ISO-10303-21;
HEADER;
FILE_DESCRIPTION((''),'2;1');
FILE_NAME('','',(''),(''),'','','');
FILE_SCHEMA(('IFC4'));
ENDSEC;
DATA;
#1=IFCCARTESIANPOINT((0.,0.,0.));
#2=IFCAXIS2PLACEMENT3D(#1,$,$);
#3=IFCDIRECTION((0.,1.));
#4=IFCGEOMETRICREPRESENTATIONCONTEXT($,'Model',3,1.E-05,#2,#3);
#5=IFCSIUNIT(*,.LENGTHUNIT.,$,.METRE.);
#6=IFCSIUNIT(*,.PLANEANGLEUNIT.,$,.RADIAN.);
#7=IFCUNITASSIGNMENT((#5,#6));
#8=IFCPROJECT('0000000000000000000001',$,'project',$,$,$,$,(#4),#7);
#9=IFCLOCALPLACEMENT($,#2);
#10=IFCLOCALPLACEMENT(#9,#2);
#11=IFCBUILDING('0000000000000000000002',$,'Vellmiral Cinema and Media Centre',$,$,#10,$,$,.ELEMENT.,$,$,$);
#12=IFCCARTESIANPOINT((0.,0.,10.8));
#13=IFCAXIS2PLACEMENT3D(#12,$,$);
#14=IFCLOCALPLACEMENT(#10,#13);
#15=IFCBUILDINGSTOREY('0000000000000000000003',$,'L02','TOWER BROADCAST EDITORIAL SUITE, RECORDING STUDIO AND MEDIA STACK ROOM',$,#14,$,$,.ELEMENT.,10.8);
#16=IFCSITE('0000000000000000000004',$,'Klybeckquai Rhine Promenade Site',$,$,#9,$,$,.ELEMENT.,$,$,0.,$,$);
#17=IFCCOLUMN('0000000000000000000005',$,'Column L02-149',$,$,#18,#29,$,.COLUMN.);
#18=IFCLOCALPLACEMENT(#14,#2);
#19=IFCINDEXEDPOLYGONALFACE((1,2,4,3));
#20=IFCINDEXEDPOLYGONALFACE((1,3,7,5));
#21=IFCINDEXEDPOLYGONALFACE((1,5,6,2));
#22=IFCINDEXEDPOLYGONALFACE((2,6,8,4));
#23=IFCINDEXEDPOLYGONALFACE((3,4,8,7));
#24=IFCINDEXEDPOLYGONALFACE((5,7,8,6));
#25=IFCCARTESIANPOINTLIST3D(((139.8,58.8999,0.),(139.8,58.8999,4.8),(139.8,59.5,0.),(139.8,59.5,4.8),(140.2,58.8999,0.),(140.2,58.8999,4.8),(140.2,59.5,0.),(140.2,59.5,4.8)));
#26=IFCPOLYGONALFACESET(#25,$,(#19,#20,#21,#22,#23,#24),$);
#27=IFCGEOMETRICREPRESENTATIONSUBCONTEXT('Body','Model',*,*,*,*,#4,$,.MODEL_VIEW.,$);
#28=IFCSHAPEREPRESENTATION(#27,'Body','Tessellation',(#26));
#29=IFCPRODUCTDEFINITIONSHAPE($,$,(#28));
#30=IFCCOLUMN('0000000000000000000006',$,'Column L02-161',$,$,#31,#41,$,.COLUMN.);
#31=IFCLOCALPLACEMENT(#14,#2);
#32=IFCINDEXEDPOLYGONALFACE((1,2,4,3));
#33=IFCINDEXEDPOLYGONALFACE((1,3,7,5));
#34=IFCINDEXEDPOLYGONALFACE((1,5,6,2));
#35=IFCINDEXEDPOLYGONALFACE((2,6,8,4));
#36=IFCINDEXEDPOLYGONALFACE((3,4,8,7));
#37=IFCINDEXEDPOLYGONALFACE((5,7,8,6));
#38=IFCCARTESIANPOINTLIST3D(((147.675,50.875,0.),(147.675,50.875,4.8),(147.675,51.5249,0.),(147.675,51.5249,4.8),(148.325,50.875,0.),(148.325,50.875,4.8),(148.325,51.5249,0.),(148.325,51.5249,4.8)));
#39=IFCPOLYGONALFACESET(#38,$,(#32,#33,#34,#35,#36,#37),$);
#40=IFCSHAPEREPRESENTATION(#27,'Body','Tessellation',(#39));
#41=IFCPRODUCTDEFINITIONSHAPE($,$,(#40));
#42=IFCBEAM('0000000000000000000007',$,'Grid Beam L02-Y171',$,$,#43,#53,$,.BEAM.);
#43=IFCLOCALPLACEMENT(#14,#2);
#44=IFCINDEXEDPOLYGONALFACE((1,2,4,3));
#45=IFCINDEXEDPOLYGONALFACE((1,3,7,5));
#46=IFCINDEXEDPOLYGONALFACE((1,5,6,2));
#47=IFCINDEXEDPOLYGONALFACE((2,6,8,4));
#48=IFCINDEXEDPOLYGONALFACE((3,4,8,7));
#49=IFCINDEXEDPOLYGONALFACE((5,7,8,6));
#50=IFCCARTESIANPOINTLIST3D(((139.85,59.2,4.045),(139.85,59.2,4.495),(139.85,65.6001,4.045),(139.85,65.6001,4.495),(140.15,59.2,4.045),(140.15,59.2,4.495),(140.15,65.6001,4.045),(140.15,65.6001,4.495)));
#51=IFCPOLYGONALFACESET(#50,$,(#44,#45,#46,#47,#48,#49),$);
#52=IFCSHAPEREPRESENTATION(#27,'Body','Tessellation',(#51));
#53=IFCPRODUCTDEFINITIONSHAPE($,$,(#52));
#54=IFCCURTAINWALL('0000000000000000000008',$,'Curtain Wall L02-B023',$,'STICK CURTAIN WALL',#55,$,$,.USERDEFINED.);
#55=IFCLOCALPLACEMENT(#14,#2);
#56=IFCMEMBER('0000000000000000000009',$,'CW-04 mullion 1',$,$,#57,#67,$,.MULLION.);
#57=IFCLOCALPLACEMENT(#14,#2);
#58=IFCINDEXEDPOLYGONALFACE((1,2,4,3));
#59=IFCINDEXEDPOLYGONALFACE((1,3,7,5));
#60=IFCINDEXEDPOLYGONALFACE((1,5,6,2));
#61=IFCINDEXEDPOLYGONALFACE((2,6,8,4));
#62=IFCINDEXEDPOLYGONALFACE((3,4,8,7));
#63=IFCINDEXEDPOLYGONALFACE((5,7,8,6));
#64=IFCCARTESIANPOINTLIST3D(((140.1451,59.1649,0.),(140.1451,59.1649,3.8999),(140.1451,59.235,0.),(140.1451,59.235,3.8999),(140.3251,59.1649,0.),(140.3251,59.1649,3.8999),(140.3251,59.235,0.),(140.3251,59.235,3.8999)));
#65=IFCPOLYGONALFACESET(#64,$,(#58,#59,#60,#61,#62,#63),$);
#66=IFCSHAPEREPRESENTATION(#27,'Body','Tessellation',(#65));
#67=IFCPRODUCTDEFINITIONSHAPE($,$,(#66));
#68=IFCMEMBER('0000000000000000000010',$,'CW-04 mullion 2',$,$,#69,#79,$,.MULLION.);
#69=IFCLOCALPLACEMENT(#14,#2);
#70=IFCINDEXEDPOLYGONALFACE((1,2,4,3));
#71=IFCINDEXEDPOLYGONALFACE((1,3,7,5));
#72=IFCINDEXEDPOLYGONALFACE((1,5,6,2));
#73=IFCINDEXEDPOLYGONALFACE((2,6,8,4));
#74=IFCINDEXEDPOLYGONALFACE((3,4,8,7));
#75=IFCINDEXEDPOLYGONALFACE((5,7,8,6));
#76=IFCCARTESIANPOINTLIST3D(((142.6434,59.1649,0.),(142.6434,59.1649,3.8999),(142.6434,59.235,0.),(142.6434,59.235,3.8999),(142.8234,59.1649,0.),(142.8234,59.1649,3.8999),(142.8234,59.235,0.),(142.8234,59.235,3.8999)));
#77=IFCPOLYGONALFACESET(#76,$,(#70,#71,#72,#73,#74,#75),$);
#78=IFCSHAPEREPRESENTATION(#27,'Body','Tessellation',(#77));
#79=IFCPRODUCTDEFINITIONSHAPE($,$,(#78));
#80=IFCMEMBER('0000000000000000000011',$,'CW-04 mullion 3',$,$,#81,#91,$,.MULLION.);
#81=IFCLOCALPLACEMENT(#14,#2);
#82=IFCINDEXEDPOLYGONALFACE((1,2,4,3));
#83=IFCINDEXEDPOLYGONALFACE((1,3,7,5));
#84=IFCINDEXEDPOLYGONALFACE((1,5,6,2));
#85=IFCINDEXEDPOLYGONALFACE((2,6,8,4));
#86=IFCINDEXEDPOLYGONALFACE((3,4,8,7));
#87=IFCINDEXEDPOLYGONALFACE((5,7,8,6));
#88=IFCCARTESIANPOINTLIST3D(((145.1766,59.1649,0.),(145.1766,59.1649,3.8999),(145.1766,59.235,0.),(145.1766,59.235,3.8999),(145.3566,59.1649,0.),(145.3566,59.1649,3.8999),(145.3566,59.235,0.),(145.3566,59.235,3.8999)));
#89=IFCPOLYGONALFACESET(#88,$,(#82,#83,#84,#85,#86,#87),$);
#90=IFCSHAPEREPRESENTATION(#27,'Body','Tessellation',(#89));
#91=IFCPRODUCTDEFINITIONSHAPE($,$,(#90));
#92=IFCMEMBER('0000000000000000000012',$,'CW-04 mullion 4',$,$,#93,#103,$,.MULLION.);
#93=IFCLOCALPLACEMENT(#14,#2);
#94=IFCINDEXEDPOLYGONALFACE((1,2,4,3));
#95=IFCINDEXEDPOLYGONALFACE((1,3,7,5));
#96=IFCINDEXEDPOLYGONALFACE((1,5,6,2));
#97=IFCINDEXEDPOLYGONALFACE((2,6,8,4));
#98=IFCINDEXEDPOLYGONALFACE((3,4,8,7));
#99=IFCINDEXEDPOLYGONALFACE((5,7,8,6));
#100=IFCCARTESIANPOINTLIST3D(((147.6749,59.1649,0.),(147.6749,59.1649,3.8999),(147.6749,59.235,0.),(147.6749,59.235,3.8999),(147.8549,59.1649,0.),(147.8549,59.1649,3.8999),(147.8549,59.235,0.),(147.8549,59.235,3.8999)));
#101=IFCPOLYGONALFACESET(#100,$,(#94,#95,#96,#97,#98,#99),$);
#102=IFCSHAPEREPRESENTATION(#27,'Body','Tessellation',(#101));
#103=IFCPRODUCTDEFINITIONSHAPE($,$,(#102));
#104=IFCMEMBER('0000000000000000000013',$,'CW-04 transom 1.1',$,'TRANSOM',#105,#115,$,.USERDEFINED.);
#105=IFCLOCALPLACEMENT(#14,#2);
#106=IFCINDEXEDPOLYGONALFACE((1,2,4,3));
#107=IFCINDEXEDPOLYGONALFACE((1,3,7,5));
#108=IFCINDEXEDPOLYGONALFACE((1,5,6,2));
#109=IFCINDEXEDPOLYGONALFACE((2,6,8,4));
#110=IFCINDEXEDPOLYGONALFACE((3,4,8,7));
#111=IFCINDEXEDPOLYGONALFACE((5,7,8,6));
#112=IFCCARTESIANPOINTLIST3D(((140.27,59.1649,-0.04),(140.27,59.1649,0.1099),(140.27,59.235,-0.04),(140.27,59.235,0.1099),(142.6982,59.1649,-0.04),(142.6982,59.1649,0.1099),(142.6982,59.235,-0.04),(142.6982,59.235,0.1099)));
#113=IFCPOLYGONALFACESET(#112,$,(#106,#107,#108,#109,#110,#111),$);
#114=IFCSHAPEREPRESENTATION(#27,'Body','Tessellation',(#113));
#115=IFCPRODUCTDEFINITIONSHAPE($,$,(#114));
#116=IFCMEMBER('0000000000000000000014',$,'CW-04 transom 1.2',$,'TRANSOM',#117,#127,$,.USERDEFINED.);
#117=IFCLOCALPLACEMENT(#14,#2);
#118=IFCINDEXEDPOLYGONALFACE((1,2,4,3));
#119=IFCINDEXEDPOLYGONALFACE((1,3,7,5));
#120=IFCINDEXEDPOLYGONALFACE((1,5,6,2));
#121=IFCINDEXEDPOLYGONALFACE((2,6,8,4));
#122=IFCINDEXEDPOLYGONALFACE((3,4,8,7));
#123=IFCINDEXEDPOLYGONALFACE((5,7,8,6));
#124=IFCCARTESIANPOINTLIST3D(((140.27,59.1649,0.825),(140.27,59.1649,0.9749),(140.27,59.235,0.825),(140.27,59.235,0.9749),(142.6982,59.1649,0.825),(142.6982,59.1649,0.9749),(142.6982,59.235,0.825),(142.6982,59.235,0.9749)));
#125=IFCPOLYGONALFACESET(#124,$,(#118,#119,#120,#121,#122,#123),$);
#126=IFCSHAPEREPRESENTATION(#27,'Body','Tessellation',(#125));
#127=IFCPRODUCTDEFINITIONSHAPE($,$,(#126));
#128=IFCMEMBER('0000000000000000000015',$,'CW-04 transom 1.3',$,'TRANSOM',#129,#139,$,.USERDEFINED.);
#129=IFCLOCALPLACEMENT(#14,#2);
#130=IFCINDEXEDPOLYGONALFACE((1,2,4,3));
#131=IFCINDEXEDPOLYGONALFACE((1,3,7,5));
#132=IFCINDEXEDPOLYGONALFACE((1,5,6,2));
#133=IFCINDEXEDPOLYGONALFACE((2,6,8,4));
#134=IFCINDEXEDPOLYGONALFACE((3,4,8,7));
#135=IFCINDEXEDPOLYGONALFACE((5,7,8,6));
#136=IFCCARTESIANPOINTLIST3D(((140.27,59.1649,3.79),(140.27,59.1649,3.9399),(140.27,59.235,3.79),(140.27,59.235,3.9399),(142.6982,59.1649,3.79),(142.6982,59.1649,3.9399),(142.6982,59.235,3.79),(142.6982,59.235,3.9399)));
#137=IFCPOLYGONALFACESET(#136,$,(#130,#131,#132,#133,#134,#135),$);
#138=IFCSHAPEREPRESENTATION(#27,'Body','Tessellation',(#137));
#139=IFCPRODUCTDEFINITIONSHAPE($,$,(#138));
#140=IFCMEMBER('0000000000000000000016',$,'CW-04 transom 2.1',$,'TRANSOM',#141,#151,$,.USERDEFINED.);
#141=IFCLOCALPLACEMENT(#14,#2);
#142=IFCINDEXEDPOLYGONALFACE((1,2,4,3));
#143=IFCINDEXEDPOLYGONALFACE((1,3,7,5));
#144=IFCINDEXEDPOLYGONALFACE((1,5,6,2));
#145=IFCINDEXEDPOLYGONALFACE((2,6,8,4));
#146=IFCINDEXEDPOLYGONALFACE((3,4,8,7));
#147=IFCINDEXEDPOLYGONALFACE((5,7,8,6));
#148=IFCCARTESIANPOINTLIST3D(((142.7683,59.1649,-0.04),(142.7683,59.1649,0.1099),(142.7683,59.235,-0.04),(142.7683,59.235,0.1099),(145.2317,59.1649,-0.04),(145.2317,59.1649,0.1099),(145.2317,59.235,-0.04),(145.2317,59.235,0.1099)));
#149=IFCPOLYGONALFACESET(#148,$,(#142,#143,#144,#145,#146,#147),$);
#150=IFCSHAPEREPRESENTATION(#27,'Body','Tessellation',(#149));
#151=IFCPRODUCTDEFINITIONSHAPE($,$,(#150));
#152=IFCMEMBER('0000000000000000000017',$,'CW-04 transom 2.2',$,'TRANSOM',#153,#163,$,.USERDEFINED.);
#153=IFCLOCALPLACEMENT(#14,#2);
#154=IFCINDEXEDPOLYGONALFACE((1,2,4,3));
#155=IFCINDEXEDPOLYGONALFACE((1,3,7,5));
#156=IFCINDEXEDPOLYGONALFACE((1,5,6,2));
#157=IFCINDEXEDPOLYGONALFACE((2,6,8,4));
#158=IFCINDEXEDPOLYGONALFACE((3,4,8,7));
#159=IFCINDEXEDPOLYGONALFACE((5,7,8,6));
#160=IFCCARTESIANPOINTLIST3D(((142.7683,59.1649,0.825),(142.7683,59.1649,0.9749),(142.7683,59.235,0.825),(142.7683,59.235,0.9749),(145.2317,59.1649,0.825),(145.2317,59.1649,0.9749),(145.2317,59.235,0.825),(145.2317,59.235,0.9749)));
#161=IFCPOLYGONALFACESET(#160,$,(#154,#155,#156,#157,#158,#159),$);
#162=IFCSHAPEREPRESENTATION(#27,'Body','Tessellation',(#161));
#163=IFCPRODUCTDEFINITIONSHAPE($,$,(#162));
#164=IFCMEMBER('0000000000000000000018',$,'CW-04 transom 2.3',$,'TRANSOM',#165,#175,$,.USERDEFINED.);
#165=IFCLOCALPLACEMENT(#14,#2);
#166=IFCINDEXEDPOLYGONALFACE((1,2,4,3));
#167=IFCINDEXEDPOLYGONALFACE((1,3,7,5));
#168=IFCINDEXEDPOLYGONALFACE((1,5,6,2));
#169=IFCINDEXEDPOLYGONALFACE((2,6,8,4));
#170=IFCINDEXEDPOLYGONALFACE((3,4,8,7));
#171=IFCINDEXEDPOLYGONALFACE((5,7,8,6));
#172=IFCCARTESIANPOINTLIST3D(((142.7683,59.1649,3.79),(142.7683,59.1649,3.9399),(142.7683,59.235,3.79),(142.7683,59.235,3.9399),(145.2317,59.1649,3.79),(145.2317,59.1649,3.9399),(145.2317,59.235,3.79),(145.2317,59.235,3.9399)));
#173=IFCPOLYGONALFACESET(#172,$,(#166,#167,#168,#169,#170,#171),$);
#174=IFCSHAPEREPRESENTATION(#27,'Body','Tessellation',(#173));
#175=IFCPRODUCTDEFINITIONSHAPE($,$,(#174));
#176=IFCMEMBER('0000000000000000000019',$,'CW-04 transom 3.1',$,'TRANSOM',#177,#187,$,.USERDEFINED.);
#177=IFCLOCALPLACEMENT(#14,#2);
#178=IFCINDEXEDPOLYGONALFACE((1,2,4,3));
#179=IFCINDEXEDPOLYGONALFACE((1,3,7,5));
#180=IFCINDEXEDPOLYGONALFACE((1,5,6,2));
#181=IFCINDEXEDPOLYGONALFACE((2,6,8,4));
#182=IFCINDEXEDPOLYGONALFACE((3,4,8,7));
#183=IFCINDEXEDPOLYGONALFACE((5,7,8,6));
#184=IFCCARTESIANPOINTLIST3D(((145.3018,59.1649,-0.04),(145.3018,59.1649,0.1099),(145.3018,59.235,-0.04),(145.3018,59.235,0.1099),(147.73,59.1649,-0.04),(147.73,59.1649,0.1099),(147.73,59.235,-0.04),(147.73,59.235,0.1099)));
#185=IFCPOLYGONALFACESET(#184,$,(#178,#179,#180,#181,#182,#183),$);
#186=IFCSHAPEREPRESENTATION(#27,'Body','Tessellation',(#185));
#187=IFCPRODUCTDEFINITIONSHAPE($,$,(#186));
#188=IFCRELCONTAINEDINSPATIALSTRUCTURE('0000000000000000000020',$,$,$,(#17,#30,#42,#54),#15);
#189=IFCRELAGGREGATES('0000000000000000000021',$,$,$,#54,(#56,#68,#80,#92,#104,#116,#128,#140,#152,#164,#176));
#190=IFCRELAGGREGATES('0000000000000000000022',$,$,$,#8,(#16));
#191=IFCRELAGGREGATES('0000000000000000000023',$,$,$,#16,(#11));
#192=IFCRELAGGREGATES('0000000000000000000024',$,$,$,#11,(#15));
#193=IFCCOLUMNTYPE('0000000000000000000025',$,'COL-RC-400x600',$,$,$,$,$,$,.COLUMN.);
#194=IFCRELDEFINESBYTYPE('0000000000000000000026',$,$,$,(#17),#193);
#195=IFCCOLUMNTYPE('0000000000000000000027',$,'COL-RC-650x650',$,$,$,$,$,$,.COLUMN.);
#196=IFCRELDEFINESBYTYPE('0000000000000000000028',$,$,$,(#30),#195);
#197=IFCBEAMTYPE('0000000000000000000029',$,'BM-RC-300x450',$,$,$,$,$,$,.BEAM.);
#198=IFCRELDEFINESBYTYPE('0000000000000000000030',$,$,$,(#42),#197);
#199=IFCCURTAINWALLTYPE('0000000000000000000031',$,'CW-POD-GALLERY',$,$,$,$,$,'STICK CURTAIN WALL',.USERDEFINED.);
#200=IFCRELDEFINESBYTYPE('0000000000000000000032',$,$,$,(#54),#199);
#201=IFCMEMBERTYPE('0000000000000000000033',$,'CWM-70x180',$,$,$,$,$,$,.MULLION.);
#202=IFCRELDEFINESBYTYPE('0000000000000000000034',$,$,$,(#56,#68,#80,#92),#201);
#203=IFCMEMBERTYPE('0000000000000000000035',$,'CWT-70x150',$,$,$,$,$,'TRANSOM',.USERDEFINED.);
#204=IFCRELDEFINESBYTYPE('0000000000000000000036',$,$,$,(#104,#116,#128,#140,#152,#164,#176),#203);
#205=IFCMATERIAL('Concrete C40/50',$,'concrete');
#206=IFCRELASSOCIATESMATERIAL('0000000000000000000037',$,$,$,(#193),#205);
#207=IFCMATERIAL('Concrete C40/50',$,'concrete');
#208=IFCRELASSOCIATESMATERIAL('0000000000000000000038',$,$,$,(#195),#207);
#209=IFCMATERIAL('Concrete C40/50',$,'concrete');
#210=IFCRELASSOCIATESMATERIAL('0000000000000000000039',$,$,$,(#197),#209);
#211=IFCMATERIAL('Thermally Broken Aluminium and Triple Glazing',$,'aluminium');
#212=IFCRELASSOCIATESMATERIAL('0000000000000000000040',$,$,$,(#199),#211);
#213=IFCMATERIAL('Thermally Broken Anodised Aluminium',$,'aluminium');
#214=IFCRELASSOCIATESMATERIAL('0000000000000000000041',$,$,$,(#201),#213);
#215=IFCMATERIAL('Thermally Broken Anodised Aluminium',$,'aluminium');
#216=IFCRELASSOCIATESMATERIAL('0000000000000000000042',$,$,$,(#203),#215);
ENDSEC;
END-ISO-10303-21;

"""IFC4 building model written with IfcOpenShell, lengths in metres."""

from ifc_helpers import new_model, si_unit, direction, frame, origin, origin_2d, place, context, subcontext, project, spatial, rectangle, extrude, material, material_profile, profile_set, type_object, element, aggregate, save


model = new_model("IFC4")

# Units and contexts
model_context = context("Model", 3, precision=1e-05, world=origin(), true_north=direction((0.0, 1.0)))
body_context = subcontext(model_context, "Body", "Model", "MODEL_VIEW")
ifc_project = project(units=[si_unit("LENGTHUNIT", "METRE"), si_unit("PLANEANGLEUNIT", "RADIAN")], contexts=[model_context])

# Site, building, storey
site_placement = place(None, origin())
site = spatial("IfcSite", under=ifc_project, at=site_placement, Name="Klybeckquai Rhine Promenade Site", CompositionType="ELEMENT", RefElevation=0.0)
building_placement = place(site_placement, origin())
building = spatial("IfcBuilding", under=site, at=building_placement, Name="Vellmiral Cinema and Media Centre", CompositionType="ELEMENT")
storey_placement = place(building_placement, frame((0.0, 0.0, 10.8)))
storey = spatial("IfcBuildingStorey", under=building, at=storey_placement, Name="L02", Description="TOWER BROADCAST EDITORIAL SUITE, RECORDING STUDIO AND MEDIA STACK ROOM", CompositionType="ELEMENT", Elevation=10.8)

# Columns
ifc_material_1 = material(Name="Concrete C40/50", Category="concrete")
ifc_material_profile_1 = material_profile(ifc_material_1, rectangle(XDim=0.3999, YDim=0.6001, at=origin_2d()), Name="RC 400x600")
ifc_profile_set_1 = profile_set([ifc_material_profile_1], Name="Concrete C40/50")
column_type_1 = type_object("IfcColumnType", Name="COL-RC-400x600", PredefinedType="COLUMN", material=ifc_profile_set_1)
column_1_placement = place(storey_placement, frame((140.0, 59.2, 0.0), z_axis=(0.0, 0.0, 1.0), x_axis=(1.0, 0.0, 0.0)))
element("IfcColumn", 1, at=column_1_placement, inside=storey, type_object=column_type_1, Name="Column L02-149", PredefinedType="COLUMN", context=body_context, shape_type="SweptSolid", body=[
    extrude(rectangle(XDim=0.3999, YDim=0.6001, at=origin_2d()), origin(), (0.0, 0.0, 1.0), 4.8),
])
ifc_material_2 = material(Name="Concrete C40/50", Category="concrete")
ifc_material_profile_2 = material_profile(ifc_material_2, rectangle(XDim=0.6499, YDim=0.6499, at=origin_2d()), Name="RC 650x650")
ifc_profile_set_2 = profile_set([ifc_material_profile_2], Name="Concrete C40/50")
column_type_2 = type_object("IfcColumnType", Name="COL-RC-650x650", PredefinedType="COLUMN", material=ifc_profile_set_2)
column_2_placement = place(storey_placement, frame((148.0, 51.2, 0.0), z_axis=(0.0, 0.0, 1.0), x_axis=(1.0, 0.0, 0.0)))
element("IfcColumn", 2, at=column_2_placement, inside=storey, type_object=column_type_2, Name="Column L02-161", PredefinedType="COLUMN", context=body_context, shape_type="SweptSolid", body=[
    extrude(rectangle(XDim=0.6499, YDim=0.6499, at=origin_2d()), origin(), (0.0, 0.0, 1.0), 4.8),
])

# Beam
ifc_material_3 = material(Name="Concrete C40/50", Category="concrete")
ifc_material_profile_3 = material_profile(ifc_material_3, rectangle(XDim=0.3, YDim=0.45, at=origin_2d()), Name="RC 300x450")
ifc_profile_set_3 = profile_set([ifc_material_profile_3], Name="Concrete C40/50")
beam_type_1 = type_object("IfcBeamType", Name="BM-RC-300x450", PredefinedType="BEAM", material=ifc_profile_set_3)
beam_1_placement = place(storey_placement, frame((140.0, 59.2, 4.27), z_axis=(0.0, 1.0, 0.0), x_axis=(-1.0, 0.0, 0.0)))
element("IfcBeam", 3, at=beam_1_placement, inside=storey, type_object=beam_type_1, Name="Grid Beam L02-Y171", PredefinedType="BEAM", context=body_context, shape_type="SweptSolid", body=[
    extrude(rectangle(XDim=0.3, YDim=0.45, at=origin_2d()), origin(), (0.0, 0.0, 1.0), 6.4001),
])

# Curtain wall, members
ifc_material_4 = material(Name="Thermally Broken Aluminium and Triple Glazing", Category="aluminium")
curtain_wall_type = type_object("IfcCurtainWallType", Name="CW-POD-GALLERY", ElementType="STICK CURTAIN WALL", PredefinedType="USERDEFINED", material=ifc_material_4)
curtain_wall_placement = place(storey_placement, origin())
curtain_wall = element("IfcCurtainWall", 4, at=curtain_wall_placement, inside=storey, type_object=curtain_wall_type, Name="Curtain Wall L02-B023", ObjectType="STICK CURTAIN WALL", PredefinedType="USERDEFINED")
ifc_material_5 = material(Name="Thermally Broken Anodised Aluminium", Category="aluminium")
ifc_material_profile_4 = material_profile(ifc_material_5, rectangle(XDim=0.0701, YDim=0.1799, at=origin_2d()), Name="MULL 70x180")
ifc_profile_set_4 = profile_set([ifc_material_profile_4], Name="Thermally Broken Anodised Aluminium")
member_type_1 = type_object("IfcMemberType", Name="CWM-70x180", PredefinedType="MULLION", material=ifc_profile_set_4)
member_1_placement = place(storey_placement, frame((140.2351, 59.2, 0.0), z_axis=(0.0, 0.0, 1.0), x_axis=(0.0, 1.0, 0.0)))
member_1 = element("IfcMember", 5, at=member_1_placement, type_object=member_type_1, Name="CW-04 mullion 1", PredefinedType="MULLION", context=body_context, shape_type="SweptSolid", body=[
    extrude(rectangle(XDim=0.0701, YDim=0.1799, at=origin_2d()), origin(), (0.0, 0.0, 1.0), 3.8999),
])
member_2_placement = place(storey_placement, frame((142.7334, 59.2, 0.0), z_axis=(0.0, 0.0, 1.0), x_axis=(0.0, 1.0, 0.0)))
member_2 = element("IfcMember", 6, at=member_2_placement, type_object=member_type_1, Name="CW-04 mullion 2", PredefinedType="MULLION", context=body_context, shape_type="SweptSolid", body=[
    extrude(rectangle(XDim=0.0701, YDim=0.1799, at=origin_2d()), origin(), (0.0, 0.0, 1.0), 3.8999),
])
member_3_placement = place(storey_placement, frame((145.2666, 59.2, 0.0), z_axis=(0.0, 0.0, 1.0), x_axis=(0.0, 1.0, 0.0)))
member_3 = element("IfcMember", 7, at=member_3_placement, type_object=member_type_1, Name="CW-04 mullion 3", PredefinedType="MULLION", context=body_context, shape_type="SweptSolid", body=[
    extrude(rectangle(XDim=0.0701, YDim=0.1799, at=origin_2d()), origin(), (0.0, 0.0, 1.0), 3.8999),
])
member_4_placement = place(storey_placement, frame((147.7649, 59.2, 0.0), z_axis=(0.0, 0.0, 1.0), x_axis=(0.0, 1.0, 0.0)))
member_4 = element("IfcMember", 8, at=member_4_placement, type_object=member_type_1, Name="CW-04 mullion 4", PredefinedType="MULLION", context=body_context, shape_type="SweptSolid", body=[
    extrude(rectangle(XDim=0.0701, YDim=0.1799, at=origin_2d()), origin(), (0.0, 0.0, 1.0), 3.8999),
])
ifc_material_6 = material(Name="Thermally Broken Anodised Aluminium", Category="aluminium")
ifc_material_profile_5 = material_profile(ifc_material_6, rectangle(XDim=0.0701, YDim=0.1499, at=origin_2d()), Name="MULL 70x150")
ifc_profile_set_5 = profile_set([ifc_material_profile_5], Name="Thermally Broken Anodised Aluminium")
member_type_2 = type_object("IfcMemberType", Name="CWT-70x150", ElementType="TRANSOM", PredefinedType="USERDEFINED", material=ifc_profile_set_5)
member_5_placement = place(storey_placement, frame((140.27, 59.2, 0.0349), z_axis=(1.0, 0.0, 0.0), x_axis=(0.0, 1.0, 0.0)))
member_5 = element("IfcMember", 9, at=member_5_placement, type_object=member_type_2, Name="CW-04 transom 1.1", ObjectType="TRANSOM", PredefinedType="USERDEFINED", context=body_context, shape_type="SweptSolid", body=[
    extrude(rectangle(XDim=0.0701, YDim=0.1499, at=origin_2d()), origin(), (0.0, 0.0, 1.0), 2.4282),
])
member_6_placement = place(storey_placement, frame((140.27, 59.2, 0.8999), z_axis=(1.0, 0.0, 0.0), x_axis=(0.0, 1.0, 0.0)))
member_6 = element("IfcMember", 10, at=member_6_placement, type_object=member_type_2, Name="CW-04 transom 1.2", ObjectType="TRANSOM", PredefinedType="USERDEFINED", context=body_context, shape_type="SweptSolid", body=[
    extrude(rectangle(XDim=0.0701, YDim=0.1499, at=origin_2d()), origin(), (0.0, 0.0, 1.0), 2.4282),
])
member_7_placement = place(storey_placement, frame((140.27, 59.2, 3.865), z_axis=(1.0, 0.0, 0.0), x_axis=(0.0, 1.0, 0.0)))
member_7 = element("IfcMember", 11, at=member_7_placement, type_object=member_type_2, Name="CW-04 transom 1.3", ObjectType="TRANSOM", PredefinedType="USERDEFINED", context=body_context, shape_type="SweptSolid", body=[
    extrude(rectangle(XDim=0.0701, YDim=0.1499, at=origin_2d()), origin(), (0.0, 0.0, 1.0), 2.4282),
])
member_8_placement = place(storey_placement, frame((142.7683, 59.2, 0.0349), z_axis=(1.0, 0.0, 0.0), x_axis=(0.0, 1.0, 0.0)))
member_8 = element("IfcMember", 12, at=member_8_placement, type_object=member_type_2, Name="CW-04 transom 2.1", ObjectType="TRANSOM", PredefinedType="USERDEFINED", context=body_context, shape_type="SweptSolid", body=[
    extrude(rectangle(XDim=0.0701, YDim=0.1499, at=origin_2d()), origin(), (0.0, 0.0, 1.0), 2.4634),
])
member_9_placement = place(storey_placement, frame((142.7683, 59.2, 0.8999), z_axis=(1.0, 0.0, 0.0), x_axis=(0.0, 1.0, 0.0)))
member_9 = element("IfcMember", 13, at=member_9_placement, type_object=member_type_2, Name="CW-04 transom 2.2", ObjectType="TRANSOM", PredefinedType="USERDEFINED", context=body_context, shape_type="SweptSolid", body=[
    extrude(rectangle(XDim=0.0701, YDim=0.1499, at=origin_2d()), origin(), (0.0, 0.0, 1.0), 2.4634),
])
member_10_placement = place(storey_placement, frame((142.7683, 59.2, 3.865), z_axis=(1.0, 0.0, 0.0), x_axis=(0.0, 1.0, 0.0)))
member_10 = element("IfcMember", 14, at=member_10_placement, type_object=member_type_2, Name="CW-04 transom 2.3", ObjectType="TRANSOM", PredefinedType="USERDEFINED", context=body_context, shape_type="SweptSolid", body=[
    extrude(rectangle(XDim=0.0701, YDim=0.1499, at=origin_2d()), origin(), (0.0, 0.0, 1.0), 2.4634),
])
member_11_placement = place(storey_placement, frame((145.3018, 59.2, 0.0349), z_axis=(1.0, 0.0, 0.0), x_axis=(0.0, 1.0, 0.0)))
member_11 = element("IfcMember", 15, at=member_11_placement, type_object=member_type_2, Name="CW-04 transom 3.1", ObjectType="TRANSOM", PredefinedType="USERDEFINED", context=body_context, shape_type="SweptSolid", body=[
    extrude(rectangle(XDim=0.0701, YDim=0.1499, at=origin_2d()), origin(), (0.0, 0.0, 1.0), 2.4282),
])

aggregate(curtain_wall, [member_1, member_2, member_3, member_4, member_5, member_6, member_7, member_8, member_9, member_10, member_11])

save(model, "model.ifc")
